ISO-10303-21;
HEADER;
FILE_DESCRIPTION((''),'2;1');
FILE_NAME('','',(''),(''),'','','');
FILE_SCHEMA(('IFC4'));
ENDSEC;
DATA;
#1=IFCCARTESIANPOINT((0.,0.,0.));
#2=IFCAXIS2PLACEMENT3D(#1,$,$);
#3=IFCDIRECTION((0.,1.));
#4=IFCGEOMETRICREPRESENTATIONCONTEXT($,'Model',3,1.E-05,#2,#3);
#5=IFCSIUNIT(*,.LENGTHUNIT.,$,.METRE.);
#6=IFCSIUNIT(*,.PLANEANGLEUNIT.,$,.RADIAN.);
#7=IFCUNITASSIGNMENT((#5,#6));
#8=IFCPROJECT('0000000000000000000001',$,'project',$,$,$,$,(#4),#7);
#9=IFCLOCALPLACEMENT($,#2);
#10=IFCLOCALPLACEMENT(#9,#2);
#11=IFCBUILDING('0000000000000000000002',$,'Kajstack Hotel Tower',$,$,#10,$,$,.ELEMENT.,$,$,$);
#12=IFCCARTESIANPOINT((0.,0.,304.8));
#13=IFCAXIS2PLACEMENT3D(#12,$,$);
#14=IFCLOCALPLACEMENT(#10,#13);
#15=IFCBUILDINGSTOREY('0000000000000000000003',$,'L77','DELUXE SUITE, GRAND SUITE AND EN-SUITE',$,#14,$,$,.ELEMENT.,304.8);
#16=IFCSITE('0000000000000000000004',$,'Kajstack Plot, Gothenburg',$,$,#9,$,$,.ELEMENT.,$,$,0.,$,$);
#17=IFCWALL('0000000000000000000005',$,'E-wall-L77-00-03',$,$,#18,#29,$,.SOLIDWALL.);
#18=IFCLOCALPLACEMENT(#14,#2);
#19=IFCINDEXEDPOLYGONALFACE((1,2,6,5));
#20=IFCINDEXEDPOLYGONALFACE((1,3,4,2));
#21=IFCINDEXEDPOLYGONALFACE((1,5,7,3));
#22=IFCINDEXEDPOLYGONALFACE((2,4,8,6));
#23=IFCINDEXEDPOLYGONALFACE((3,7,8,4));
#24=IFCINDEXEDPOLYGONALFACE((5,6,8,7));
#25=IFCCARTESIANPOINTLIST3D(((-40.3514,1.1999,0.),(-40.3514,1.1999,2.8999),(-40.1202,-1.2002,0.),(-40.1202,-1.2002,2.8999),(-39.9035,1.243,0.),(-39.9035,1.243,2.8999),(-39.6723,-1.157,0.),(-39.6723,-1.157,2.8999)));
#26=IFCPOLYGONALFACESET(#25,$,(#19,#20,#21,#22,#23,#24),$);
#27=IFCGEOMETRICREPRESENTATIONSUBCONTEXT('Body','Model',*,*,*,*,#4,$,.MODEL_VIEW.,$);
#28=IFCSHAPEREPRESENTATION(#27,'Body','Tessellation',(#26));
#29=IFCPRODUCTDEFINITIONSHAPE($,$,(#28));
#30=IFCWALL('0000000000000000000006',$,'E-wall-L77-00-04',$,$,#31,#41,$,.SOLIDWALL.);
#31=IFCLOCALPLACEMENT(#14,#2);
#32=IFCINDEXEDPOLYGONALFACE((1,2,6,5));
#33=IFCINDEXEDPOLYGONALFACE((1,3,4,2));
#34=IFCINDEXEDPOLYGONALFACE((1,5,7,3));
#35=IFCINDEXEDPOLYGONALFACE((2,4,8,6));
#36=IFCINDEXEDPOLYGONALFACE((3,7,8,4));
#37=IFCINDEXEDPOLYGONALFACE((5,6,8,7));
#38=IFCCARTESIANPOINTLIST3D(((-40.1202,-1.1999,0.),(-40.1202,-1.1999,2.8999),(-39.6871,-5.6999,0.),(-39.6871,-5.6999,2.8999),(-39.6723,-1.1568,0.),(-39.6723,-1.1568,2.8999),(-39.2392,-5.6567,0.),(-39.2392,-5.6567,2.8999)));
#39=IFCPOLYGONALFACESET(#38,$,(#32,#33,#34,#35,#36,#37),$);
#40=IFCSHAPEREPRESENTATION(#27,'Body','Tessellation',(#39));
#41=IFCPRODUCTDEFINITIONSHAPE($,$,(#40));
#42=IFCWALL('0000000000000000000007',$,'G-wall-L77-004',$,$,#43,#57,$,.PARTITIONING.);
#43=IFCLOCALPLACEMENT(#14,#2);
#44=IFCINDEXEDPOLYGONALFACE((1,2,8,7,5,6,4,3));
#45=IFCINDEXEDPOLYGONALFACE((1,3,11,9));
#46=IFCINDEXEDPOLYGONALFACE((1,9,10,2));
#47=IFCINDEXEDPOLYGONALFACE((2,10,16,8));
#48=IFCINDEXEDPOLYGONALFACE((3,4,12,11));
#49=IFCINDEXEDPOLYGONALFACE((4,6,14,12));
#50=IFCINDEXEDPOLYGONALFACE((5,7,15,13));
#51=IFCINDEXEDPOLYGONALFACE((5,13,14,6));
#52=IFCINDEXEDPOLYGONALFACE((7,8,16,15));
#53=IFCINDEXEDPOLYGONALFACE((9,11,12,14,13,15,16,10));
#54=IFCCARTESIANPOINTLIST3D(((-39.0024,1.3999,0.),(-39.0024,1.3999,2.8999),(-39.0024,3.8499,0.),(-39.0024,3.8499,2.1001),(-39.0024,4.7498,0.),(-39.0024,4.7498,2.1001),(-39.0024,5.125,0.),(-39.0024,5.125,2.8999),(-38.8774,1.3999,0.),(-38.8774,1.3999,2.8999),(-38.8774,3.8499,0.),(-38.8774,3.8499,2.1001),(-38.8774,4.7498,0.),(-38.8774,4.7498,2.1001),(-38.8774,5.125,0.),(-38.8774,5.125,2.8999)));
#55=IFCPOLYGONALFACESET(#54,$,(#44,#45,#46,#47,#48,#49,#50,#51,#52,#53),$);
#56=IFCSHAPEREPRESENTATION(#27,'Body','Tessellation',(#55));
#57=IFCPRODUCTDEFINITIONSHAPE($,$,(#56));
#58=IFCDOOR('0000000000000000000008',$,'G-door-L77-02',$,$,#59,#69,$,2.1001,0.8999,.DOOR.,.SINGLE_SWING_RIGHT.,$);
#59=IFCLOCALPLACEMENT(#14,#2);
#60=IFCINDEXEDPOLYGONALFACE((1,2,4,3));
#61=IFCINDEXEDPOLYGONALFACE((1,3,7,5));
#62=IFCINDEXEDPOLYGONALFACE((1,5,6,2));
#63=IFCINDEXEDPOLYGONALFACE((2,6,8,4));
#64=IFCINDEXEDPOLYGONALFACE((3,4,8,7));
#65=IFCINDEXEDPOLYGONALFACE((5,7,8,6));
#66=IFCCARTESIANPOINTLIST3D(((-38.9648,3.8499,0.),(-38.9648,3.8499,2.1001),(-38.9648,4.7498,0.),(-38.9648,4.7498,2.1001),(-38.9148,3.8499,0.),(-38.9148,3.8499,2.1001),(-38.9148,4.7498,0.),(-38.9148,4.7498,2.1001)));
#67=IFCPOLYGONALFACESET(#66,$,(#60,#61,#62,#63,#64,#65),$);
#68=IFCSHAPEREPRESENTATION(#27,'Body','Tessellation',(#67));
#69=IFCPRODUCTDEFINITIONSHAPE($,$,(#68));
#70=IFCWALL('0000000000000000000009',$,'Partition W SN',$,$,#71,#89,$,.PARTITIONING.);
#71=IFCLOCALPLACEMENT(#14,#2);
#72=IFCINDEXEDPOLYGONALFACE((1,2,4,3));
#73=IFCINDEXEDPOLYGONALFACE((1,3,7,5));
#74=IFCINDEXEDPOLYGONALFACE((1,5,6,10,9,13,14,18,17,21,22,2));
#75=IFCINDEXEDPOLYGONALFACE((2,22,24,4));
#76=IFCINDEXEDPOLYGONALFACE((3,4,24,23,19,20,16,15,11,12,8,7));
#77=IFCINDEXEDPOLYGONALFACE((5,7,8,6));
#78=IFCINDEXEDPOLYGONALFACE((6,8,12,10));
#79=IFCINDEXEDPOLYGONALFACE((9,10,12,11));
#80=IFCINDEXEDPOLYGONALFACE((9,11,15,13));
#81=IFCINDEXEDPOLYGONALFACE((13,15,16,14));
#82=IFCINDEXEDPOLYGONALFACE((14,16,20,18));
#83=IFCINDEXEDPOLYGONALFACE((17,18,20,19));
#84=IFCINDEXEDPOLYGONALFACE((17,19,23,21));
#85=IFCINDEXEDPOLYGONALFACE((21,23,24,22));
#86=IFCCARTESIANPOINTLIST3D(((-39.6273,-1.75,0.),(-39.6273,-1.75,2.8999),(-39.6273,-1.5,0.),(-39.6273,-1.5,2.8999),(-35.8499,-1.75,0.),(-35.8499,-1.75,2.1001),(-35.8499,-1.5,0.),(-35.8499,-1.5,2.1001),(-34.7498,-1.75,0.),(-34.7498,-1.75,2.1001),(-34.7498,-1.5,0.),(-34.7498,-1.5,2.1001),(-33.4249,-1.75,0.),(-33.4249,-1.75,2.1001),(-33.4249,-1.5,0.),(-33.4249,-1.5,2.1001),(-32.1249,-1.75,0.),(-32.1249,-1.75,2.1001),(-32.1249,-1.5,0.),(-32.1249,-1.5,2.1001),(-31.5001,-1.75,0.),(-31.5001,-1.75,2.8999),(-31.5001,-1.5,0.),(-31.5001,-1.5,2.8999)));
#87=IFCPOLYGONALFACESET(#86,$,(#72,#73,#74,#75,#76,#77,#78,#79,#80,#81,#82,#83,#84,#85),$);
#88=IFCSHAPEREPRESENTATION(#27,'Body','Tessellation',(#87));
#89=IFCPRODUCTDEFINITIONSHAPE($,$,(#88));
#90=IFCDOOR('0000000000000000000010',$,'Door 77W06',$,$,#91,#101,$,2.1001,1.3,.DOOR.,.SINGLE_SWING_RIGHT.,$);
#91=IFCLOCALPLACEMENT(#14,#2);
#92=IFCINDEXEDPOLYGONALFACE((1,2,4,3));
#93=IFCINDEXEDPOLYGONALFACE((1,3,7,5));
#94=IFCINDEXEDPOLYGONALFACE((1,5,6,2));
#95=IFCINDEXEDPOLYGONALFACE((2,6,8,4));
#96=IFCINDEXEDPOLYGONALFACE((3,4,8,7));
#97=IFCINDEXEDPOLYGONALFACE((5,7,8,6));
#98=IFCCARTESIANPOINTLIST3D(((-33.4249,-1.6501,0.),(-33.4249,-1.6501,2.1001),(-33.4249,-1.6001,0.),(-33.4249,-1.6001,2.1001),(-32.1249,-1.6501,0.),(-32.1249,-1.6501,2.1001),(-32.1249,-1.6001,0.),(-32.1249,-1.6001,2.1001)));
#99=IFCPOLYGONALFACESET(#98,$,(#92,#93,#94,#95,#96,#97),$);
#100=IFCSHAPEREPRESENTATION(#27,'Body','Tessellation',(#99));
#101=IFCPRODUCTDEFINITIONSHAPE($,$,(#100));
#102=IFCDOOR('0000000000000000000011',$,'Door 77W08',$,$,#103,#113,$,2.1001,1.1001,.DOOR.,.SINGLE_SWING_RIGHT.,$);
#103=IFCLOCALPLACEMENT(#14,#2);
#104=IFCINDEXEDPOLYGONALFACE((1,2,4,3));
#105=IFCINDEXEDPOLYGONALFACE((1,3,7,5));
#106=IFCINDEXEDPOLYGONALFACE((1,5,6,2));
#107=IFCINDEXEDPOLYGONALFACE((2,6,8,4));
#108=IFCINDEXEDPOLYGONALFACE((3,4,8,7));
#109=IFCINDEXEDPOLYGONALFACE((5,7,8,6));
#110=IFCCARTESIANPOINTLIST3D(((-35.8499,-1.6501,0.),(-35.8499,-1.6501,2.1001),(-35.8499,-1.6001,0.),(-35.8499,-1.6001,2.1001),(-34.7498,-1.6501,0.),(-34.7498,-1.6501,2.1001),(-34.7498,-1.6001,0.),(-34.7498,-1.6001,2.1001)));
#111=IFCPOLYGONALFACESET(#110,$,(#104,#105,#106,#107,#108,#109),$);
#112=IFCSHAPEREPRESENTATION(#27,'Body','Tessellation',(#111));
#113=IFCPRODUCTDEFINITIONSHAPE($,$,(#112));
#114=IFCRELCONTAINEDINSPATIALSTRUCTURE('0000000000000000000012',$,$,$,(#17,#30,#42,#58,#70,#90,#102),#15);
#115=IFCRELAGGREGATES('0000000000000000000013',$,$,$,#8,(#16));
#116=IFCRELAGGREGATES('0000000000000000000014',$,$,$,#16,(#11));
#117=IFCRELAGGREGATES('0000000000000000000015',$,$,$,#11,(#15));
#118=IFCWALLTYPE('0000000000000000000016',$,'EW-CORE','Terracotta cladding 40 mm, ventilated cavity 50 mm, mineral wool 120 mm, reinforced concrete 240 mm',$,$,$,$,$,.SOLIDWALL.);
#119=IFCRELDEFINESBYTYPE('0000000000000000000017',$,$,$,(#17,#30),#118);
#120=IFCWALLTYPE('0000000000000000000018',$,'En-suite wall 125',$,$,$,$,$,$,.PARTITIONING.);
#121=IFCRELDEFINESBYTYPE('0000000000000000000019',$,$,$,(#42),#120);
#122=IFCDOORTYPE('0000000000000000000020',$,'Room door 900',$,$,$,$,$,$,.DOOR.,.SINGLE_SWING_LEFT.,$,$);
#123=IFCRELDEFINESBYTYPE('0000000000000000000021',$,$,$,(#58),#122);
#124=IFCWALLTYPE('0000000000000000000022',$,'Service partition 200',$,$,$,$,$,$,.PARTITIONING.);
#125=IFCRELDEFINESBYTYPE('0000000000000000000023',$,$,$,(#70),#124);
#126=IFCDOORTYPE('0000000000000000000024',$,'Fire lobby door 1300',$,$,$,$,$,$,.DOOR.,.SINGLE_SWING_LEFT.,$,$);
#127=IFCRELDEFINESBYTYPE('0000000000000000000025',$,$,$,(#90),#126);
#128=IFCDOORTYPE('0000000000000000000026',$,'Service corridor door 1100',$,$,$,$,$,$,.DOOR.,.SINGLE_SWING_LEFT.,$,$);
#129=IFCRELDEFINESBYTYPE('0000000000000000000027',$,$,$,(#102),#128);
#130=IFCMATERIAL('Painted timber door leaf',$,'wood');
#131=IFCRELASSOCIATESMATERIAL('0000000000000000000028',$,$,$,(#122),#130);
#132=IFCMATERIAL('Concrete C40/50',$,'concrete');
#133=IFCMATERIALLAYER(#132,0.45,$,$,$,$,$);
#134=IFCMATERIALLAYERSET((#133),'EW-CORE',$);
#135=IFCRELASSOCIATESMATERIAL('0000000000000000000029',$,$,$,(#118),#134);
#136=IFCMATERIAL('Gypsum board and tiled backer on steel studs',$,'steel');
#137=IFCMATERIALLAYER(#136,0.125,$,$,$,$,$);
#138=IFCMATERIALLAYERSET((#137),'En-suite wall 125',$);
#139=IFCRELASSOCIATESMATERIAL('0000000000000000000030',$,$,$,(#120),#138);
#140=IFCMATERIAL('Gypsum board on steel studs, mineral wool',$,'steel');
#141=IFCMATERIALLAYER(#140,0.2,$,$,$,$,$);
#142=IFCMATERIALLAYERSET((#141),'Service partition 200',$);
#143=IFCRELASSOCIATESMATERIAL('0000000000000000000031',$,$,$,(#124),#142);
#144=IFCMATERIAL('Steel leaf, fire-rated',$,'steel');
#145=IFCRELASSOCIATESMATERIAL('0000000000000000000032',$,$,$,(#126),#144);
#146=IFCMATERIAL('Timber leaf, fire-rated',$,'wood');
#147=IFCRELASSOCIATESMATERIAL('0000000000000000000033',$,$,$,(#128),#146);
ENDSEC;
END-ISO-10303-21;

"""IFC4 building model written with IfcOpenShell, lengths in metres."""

from ifc_helpers import new_model, si_unit, direction, frame, frame_2d, origin, place, context, subcontext, project, spatial, rectangle, extrude, material, layer, layer_set, type_object, element, fill, save


model = new_model("IFC4")

# Units and contexts
model_context = context("Model", 3, precision=1e-05, world=origin(), true_north=direction((0.0, 1.0)))
body_context = subcontext(model_context, "Body", "Model", "MODEL_VIEW")
ifc_project = project(units=[si_unit("LENGTHUNIT", "METRE"), si_unit("PLANEANGLEUNIT", "RADIAN")], contexts=[model_context])

# Site, building, storey
site_placement = place(None, origin())
site = spatial("IfcSite", under=ifc_project, at=site_placement, Name="Kajstack Plot, Gothenburg", CompositionType="ELEMENT", RefElevation=0.0)
building_placement = place(site_placement, origin())
building = spatial("IfcBuilding", under=site, at=building_placement, Name="Kajstack Hotel Tower", CompositionType="ELEMENT")
storey_placement = place(building_placement, frame((0.0, 0.0, 304.8)))
storey = spatial("IfcBuildingStorey", under=building, at=storey_placement, Name="L77", Description="DELUXE SUITE, GRAND SUITE AND EN-SUITE", CompositionType="ELEMENT", Elevation=304.8)

# Shared definitions
ifc_material_1 = material(Name="Gypsum board on steel studs, mineral wool", Category="steel")
ifc_material_2 = material(Name="Painted timber door leaf", Category="wood")
door_type_1 = type_object("IfcDoorType", Name="Room door 900", OperationType="SINGLE_SWING_LEFT", PredefinedType="DOOR", material=ifc_material_2)

# Walls
ifc_material_3 = material(Name="Concrete C40/50", Category="concrete")
ifc_layer_1 = layer(ifc_material_3, 0.45)
ifc_layer_set_1 = layer_set([ifc_layer_1], Name="EW-CORE")
wall_type_1 = type_object("IfcWallType", Name="EW-CORE", Description="Terracotta cladding 40 mm, ventilated cavity 50 mm, mineral wool 120 mm, reinforced concrete 240 mm", PredefinedType="SOLIDWALL", material=ifc_layer_set_1)
wall_1_placement = place(storey_placement, frame((-40.1274, 1.2214, 0.0), z_axis=(0.0, 0.0, 1.0), x_axis=(0.095894, -0.995392, 0.0)))
element("IfcWall", 1, at=wall_1_placement, inside=storey, type_object=wall_type_1, Name="E-wall-L77-00-03", PredefinedType="SOLIDWALL", context=body_context, shape_type="SweptSolid", body=[
    extrude(rectangle(XDim=2.4111, YDim=0.45, at=frame_2d((1.2056, 0.0))), origin(), (0.0, 0.0, 1.0), 2.8999),
])
wall_2_placement = place(storey_placement, frame((-39.8962, -1.1785, 0.0), z_axis=(0.0, 0.0, 1.0), x_axis=(0.095803, -0.9954, 0.0)))
element("IfcWall", 2, at=wall_2_placement, inside=storey, type_object=wall_type_1, Name="E-wall-L77-00-04", PredefinedType="SOLIDWALL", context=body_context, shape_type="SweptSolid", body=[
    extrude(rectangle(XDim=4.5208, YDim=0.45, at=frame_2d((2.2603, 0.0))), origin(), (0.0, 0.0, 1.0), 2.8999),
])

# Wall, opening, door
ifc_material_4 = material(Name="Gypsum board and tiled backer on steel studs", Category="steel")
ifc_layer_2 = layer(ifc_material_4, 0.125)
ifc_layer_set_2 = layer_set([ifc_layer_2], Name="En-suite wall 125")
wall_type_2 = type_object("IfcWallType", Name="En-suite wall 125", PredefinedType="PARTITIONING", material=ifc_layer_set_2)
wall_3_placement = place(storey_placement, frame((-38.9399, 1.3999, 0.0), z_axis=(0.0, 0.0, 1.0), x_axis=(0.0, 1.0, 0.0)))
wall_3 = element("IfcWall", 3, at=wall_3_placement, inside=storey, type_object=wall_type_2, Name="G-wall-L77-004", PredefinedType="PARTITIONING", context=body_context, shape_type="SweptSolid", body=[
    extrude(rectangle(XDim=3.7251, YDim=0.125, at=frame_2d((1.8625, 0.0))), origin(), (0.0, 0.0, 1.0), 2.8999),
])
opening_1_placement = place(wall_3_placement, frame((2.45, 0.0, 0.0)))
opening_1 = element("IfcOpeningElement", 4, at=opening_1_placement, cuts=wall_3, PredefinedType="OPENING", context=body_context, shape_type="SweptSolid", body=[
    extrude(rectangle(XDim=0.8999, YDim=2.1001, at=frame_2d((0.45, 1.05))), frame((0.0, 0.0725, 0.0), z_axis=(0.0, -1.0, 0.0), x_axis=(1.0, 0.0, 0.0)), (0.0, 0.0, 1.0), 0.145),
])
door_1_placement = place(opening_1_placement, origin())
door_1 = element("IfcDoor", 5, at=door_1_placement, inside=storey, type_object=door_type_1, Name="G-door-L77-02", OperationType="SINGLE_SWING_RIGHT", OverallHeight=2.1001, OverallWidth=0.8999, PredefinedType="DOOR", context=body_context, shape_type="SweptSolid", body=[
    extrude(rectangle(XDim=0.8999, YDim=2.1001, at=frame_2d((0.45, 1.05))), frame((0.0, 0.0249, 0.0), z_axis=(0.0, -1.0, 0.0), x_axis=(1.0, 0.0, 0.0)), (0.0, 0.0, 1.0), 0.05),
])
fill(opening_1, door_1)

# Wall, openings, doors
ifc_layer_3 = layer(ifc_material_1, 0.2)
ifc_layer_set_3 = layer_set([ifc_layer_3], Name="Service partition 200")
wall_type_3 = type_object("IfcWallType", Name="Service partition 200", PredefinedType="PARTITIONING", material=ifc_layer_set_3)
wall_4_placement = place(storey_placement, frame((-39.6272, -1.625, 0.0), z_axis=(0.0, 0.0, 1.0), x_axis=(1.0, 0.0, 0.0)))
wall_4 = element("IfcWall", 6, at=wall_4_placement, inside=storey, type_object=wall_type_3, Name="Partition W SN", PredefinedType="PARTITIONING", context=body_context, shape_type="SweptSolid", body=[
    extrude(rectangle(XDim=8.1272, YDim=0.25, at=frame_2d((4.0635, 0.0))), origin(), (0.0, 0.0, 1.0), 2.8999),
])
opening_2_placement = place(wall_4_placement, frame((6.2024, 0.0, 0.0)))
opening_2 = element("IfcOpeningElement", 7, at=opening_2_placement, cuts=wall_4, PredefinedType="OPENING", context=body_context, shape_type="SweptSolid", body=[
    extrude(rectangle(XDim=1.3, YDim=2.1001, at=frame_2d((0.6499, 1.05))), frame((0.0, 0.135, 0.0), z_axis=(0.0, -1.0, 0.0), x_axis=(1.0, 0.0, 0.0)), (0.0, 0.0, 1.0), 0.27),
])
opening_3_placement = place(wall_4_placement, frame((3.7773, 0.0, 0.0)))
opening_3 = element("IfcOpeningElement", 8, at=opening_3_placement, cuts=wall_4, PredefinedType="OPENING", context=body_context, shape_type="SweptSolid", body=[
    extrude(rectangle(XDim=1.1001, YDim=2.1001, at=frame_2d((0.55, 1.05))), frame((0.0, 0.135, 0.0), z_axis=(0.0, -1.0, 0.0), x_axis=(1.0, 0.0, 0.0)), (0.0, 0.0, 1.0), 0.27),
])
ifc_material_5 = material(Name="Steel leaf, fire-rated", Category="steel")
door_type_2 = type_object("IfcDoorType", Name="Fire lobby door 1300", OperationType="SINGLE_SWING_LEFT", PredefinedType="DOOR", material=ifc_material_5)
door_2_placement = place(opening_2_placement, origin())
door_2 = element("IfcDoor", 9, at=door_2_placement, inside=storey, type_object=door_type_2, Name="Door 77W06", OperationType="SINGLE_SWING_RIGHT", OverallHeight=2.1001, OverallWidth=1.3, PredefinedType="DOOR", context=body_context, shape_type="SweptSolid", body=[
    extrude(rectangle(XDim=1.3, YDim=2.1001, at=frame_2d((0.6499, 1.05))), frame((0.0, 0.0249, 0.0), z_axis=(0.0, -1.0, 0.0), x_axis=(1.0, 0.0, 0.0)), (0.0, 0.0, 1.0), 0.05),
])
fill(opening_2, door_2)
ifc_material_6 = material(Name="Timber leaf, fire-rated", Category="wood")
door_type_3 = type_object("IfcDoorType", Name="Service corridor door 1100", OperationType="SINGLE_SWING_LEFT", PredefinedType="DOOR", material=ifc_material_6)
door_3_placement = place(opening_3_placement, origin())
door_3 = element("IfcDoor", 10, at=door_3_placement, inside=storey, type_object=door_type_3, Name="Door 77W08", OperationType="SINGLE_SWING_RIGHT", OverallHeight=2.1001, OverallWidth=1.1001, PredefinedType="DOOR", context=body_context, shape_type="SweptSolid", body=[
    extrude(rectangle(XDim=1.1001, YDim=2.1001, at=frame_2d((0.55, 1.05))), frame((0.0, 0.0249, 0.0), z_axis=(0.0, -1.0, 0.0), x_axis=(1.0, 0.0, 0.0)), (0.0, 0.0, 1.0), 0.05),
])
fill(opening_3, door_3)

save(model, "model.ifc")
